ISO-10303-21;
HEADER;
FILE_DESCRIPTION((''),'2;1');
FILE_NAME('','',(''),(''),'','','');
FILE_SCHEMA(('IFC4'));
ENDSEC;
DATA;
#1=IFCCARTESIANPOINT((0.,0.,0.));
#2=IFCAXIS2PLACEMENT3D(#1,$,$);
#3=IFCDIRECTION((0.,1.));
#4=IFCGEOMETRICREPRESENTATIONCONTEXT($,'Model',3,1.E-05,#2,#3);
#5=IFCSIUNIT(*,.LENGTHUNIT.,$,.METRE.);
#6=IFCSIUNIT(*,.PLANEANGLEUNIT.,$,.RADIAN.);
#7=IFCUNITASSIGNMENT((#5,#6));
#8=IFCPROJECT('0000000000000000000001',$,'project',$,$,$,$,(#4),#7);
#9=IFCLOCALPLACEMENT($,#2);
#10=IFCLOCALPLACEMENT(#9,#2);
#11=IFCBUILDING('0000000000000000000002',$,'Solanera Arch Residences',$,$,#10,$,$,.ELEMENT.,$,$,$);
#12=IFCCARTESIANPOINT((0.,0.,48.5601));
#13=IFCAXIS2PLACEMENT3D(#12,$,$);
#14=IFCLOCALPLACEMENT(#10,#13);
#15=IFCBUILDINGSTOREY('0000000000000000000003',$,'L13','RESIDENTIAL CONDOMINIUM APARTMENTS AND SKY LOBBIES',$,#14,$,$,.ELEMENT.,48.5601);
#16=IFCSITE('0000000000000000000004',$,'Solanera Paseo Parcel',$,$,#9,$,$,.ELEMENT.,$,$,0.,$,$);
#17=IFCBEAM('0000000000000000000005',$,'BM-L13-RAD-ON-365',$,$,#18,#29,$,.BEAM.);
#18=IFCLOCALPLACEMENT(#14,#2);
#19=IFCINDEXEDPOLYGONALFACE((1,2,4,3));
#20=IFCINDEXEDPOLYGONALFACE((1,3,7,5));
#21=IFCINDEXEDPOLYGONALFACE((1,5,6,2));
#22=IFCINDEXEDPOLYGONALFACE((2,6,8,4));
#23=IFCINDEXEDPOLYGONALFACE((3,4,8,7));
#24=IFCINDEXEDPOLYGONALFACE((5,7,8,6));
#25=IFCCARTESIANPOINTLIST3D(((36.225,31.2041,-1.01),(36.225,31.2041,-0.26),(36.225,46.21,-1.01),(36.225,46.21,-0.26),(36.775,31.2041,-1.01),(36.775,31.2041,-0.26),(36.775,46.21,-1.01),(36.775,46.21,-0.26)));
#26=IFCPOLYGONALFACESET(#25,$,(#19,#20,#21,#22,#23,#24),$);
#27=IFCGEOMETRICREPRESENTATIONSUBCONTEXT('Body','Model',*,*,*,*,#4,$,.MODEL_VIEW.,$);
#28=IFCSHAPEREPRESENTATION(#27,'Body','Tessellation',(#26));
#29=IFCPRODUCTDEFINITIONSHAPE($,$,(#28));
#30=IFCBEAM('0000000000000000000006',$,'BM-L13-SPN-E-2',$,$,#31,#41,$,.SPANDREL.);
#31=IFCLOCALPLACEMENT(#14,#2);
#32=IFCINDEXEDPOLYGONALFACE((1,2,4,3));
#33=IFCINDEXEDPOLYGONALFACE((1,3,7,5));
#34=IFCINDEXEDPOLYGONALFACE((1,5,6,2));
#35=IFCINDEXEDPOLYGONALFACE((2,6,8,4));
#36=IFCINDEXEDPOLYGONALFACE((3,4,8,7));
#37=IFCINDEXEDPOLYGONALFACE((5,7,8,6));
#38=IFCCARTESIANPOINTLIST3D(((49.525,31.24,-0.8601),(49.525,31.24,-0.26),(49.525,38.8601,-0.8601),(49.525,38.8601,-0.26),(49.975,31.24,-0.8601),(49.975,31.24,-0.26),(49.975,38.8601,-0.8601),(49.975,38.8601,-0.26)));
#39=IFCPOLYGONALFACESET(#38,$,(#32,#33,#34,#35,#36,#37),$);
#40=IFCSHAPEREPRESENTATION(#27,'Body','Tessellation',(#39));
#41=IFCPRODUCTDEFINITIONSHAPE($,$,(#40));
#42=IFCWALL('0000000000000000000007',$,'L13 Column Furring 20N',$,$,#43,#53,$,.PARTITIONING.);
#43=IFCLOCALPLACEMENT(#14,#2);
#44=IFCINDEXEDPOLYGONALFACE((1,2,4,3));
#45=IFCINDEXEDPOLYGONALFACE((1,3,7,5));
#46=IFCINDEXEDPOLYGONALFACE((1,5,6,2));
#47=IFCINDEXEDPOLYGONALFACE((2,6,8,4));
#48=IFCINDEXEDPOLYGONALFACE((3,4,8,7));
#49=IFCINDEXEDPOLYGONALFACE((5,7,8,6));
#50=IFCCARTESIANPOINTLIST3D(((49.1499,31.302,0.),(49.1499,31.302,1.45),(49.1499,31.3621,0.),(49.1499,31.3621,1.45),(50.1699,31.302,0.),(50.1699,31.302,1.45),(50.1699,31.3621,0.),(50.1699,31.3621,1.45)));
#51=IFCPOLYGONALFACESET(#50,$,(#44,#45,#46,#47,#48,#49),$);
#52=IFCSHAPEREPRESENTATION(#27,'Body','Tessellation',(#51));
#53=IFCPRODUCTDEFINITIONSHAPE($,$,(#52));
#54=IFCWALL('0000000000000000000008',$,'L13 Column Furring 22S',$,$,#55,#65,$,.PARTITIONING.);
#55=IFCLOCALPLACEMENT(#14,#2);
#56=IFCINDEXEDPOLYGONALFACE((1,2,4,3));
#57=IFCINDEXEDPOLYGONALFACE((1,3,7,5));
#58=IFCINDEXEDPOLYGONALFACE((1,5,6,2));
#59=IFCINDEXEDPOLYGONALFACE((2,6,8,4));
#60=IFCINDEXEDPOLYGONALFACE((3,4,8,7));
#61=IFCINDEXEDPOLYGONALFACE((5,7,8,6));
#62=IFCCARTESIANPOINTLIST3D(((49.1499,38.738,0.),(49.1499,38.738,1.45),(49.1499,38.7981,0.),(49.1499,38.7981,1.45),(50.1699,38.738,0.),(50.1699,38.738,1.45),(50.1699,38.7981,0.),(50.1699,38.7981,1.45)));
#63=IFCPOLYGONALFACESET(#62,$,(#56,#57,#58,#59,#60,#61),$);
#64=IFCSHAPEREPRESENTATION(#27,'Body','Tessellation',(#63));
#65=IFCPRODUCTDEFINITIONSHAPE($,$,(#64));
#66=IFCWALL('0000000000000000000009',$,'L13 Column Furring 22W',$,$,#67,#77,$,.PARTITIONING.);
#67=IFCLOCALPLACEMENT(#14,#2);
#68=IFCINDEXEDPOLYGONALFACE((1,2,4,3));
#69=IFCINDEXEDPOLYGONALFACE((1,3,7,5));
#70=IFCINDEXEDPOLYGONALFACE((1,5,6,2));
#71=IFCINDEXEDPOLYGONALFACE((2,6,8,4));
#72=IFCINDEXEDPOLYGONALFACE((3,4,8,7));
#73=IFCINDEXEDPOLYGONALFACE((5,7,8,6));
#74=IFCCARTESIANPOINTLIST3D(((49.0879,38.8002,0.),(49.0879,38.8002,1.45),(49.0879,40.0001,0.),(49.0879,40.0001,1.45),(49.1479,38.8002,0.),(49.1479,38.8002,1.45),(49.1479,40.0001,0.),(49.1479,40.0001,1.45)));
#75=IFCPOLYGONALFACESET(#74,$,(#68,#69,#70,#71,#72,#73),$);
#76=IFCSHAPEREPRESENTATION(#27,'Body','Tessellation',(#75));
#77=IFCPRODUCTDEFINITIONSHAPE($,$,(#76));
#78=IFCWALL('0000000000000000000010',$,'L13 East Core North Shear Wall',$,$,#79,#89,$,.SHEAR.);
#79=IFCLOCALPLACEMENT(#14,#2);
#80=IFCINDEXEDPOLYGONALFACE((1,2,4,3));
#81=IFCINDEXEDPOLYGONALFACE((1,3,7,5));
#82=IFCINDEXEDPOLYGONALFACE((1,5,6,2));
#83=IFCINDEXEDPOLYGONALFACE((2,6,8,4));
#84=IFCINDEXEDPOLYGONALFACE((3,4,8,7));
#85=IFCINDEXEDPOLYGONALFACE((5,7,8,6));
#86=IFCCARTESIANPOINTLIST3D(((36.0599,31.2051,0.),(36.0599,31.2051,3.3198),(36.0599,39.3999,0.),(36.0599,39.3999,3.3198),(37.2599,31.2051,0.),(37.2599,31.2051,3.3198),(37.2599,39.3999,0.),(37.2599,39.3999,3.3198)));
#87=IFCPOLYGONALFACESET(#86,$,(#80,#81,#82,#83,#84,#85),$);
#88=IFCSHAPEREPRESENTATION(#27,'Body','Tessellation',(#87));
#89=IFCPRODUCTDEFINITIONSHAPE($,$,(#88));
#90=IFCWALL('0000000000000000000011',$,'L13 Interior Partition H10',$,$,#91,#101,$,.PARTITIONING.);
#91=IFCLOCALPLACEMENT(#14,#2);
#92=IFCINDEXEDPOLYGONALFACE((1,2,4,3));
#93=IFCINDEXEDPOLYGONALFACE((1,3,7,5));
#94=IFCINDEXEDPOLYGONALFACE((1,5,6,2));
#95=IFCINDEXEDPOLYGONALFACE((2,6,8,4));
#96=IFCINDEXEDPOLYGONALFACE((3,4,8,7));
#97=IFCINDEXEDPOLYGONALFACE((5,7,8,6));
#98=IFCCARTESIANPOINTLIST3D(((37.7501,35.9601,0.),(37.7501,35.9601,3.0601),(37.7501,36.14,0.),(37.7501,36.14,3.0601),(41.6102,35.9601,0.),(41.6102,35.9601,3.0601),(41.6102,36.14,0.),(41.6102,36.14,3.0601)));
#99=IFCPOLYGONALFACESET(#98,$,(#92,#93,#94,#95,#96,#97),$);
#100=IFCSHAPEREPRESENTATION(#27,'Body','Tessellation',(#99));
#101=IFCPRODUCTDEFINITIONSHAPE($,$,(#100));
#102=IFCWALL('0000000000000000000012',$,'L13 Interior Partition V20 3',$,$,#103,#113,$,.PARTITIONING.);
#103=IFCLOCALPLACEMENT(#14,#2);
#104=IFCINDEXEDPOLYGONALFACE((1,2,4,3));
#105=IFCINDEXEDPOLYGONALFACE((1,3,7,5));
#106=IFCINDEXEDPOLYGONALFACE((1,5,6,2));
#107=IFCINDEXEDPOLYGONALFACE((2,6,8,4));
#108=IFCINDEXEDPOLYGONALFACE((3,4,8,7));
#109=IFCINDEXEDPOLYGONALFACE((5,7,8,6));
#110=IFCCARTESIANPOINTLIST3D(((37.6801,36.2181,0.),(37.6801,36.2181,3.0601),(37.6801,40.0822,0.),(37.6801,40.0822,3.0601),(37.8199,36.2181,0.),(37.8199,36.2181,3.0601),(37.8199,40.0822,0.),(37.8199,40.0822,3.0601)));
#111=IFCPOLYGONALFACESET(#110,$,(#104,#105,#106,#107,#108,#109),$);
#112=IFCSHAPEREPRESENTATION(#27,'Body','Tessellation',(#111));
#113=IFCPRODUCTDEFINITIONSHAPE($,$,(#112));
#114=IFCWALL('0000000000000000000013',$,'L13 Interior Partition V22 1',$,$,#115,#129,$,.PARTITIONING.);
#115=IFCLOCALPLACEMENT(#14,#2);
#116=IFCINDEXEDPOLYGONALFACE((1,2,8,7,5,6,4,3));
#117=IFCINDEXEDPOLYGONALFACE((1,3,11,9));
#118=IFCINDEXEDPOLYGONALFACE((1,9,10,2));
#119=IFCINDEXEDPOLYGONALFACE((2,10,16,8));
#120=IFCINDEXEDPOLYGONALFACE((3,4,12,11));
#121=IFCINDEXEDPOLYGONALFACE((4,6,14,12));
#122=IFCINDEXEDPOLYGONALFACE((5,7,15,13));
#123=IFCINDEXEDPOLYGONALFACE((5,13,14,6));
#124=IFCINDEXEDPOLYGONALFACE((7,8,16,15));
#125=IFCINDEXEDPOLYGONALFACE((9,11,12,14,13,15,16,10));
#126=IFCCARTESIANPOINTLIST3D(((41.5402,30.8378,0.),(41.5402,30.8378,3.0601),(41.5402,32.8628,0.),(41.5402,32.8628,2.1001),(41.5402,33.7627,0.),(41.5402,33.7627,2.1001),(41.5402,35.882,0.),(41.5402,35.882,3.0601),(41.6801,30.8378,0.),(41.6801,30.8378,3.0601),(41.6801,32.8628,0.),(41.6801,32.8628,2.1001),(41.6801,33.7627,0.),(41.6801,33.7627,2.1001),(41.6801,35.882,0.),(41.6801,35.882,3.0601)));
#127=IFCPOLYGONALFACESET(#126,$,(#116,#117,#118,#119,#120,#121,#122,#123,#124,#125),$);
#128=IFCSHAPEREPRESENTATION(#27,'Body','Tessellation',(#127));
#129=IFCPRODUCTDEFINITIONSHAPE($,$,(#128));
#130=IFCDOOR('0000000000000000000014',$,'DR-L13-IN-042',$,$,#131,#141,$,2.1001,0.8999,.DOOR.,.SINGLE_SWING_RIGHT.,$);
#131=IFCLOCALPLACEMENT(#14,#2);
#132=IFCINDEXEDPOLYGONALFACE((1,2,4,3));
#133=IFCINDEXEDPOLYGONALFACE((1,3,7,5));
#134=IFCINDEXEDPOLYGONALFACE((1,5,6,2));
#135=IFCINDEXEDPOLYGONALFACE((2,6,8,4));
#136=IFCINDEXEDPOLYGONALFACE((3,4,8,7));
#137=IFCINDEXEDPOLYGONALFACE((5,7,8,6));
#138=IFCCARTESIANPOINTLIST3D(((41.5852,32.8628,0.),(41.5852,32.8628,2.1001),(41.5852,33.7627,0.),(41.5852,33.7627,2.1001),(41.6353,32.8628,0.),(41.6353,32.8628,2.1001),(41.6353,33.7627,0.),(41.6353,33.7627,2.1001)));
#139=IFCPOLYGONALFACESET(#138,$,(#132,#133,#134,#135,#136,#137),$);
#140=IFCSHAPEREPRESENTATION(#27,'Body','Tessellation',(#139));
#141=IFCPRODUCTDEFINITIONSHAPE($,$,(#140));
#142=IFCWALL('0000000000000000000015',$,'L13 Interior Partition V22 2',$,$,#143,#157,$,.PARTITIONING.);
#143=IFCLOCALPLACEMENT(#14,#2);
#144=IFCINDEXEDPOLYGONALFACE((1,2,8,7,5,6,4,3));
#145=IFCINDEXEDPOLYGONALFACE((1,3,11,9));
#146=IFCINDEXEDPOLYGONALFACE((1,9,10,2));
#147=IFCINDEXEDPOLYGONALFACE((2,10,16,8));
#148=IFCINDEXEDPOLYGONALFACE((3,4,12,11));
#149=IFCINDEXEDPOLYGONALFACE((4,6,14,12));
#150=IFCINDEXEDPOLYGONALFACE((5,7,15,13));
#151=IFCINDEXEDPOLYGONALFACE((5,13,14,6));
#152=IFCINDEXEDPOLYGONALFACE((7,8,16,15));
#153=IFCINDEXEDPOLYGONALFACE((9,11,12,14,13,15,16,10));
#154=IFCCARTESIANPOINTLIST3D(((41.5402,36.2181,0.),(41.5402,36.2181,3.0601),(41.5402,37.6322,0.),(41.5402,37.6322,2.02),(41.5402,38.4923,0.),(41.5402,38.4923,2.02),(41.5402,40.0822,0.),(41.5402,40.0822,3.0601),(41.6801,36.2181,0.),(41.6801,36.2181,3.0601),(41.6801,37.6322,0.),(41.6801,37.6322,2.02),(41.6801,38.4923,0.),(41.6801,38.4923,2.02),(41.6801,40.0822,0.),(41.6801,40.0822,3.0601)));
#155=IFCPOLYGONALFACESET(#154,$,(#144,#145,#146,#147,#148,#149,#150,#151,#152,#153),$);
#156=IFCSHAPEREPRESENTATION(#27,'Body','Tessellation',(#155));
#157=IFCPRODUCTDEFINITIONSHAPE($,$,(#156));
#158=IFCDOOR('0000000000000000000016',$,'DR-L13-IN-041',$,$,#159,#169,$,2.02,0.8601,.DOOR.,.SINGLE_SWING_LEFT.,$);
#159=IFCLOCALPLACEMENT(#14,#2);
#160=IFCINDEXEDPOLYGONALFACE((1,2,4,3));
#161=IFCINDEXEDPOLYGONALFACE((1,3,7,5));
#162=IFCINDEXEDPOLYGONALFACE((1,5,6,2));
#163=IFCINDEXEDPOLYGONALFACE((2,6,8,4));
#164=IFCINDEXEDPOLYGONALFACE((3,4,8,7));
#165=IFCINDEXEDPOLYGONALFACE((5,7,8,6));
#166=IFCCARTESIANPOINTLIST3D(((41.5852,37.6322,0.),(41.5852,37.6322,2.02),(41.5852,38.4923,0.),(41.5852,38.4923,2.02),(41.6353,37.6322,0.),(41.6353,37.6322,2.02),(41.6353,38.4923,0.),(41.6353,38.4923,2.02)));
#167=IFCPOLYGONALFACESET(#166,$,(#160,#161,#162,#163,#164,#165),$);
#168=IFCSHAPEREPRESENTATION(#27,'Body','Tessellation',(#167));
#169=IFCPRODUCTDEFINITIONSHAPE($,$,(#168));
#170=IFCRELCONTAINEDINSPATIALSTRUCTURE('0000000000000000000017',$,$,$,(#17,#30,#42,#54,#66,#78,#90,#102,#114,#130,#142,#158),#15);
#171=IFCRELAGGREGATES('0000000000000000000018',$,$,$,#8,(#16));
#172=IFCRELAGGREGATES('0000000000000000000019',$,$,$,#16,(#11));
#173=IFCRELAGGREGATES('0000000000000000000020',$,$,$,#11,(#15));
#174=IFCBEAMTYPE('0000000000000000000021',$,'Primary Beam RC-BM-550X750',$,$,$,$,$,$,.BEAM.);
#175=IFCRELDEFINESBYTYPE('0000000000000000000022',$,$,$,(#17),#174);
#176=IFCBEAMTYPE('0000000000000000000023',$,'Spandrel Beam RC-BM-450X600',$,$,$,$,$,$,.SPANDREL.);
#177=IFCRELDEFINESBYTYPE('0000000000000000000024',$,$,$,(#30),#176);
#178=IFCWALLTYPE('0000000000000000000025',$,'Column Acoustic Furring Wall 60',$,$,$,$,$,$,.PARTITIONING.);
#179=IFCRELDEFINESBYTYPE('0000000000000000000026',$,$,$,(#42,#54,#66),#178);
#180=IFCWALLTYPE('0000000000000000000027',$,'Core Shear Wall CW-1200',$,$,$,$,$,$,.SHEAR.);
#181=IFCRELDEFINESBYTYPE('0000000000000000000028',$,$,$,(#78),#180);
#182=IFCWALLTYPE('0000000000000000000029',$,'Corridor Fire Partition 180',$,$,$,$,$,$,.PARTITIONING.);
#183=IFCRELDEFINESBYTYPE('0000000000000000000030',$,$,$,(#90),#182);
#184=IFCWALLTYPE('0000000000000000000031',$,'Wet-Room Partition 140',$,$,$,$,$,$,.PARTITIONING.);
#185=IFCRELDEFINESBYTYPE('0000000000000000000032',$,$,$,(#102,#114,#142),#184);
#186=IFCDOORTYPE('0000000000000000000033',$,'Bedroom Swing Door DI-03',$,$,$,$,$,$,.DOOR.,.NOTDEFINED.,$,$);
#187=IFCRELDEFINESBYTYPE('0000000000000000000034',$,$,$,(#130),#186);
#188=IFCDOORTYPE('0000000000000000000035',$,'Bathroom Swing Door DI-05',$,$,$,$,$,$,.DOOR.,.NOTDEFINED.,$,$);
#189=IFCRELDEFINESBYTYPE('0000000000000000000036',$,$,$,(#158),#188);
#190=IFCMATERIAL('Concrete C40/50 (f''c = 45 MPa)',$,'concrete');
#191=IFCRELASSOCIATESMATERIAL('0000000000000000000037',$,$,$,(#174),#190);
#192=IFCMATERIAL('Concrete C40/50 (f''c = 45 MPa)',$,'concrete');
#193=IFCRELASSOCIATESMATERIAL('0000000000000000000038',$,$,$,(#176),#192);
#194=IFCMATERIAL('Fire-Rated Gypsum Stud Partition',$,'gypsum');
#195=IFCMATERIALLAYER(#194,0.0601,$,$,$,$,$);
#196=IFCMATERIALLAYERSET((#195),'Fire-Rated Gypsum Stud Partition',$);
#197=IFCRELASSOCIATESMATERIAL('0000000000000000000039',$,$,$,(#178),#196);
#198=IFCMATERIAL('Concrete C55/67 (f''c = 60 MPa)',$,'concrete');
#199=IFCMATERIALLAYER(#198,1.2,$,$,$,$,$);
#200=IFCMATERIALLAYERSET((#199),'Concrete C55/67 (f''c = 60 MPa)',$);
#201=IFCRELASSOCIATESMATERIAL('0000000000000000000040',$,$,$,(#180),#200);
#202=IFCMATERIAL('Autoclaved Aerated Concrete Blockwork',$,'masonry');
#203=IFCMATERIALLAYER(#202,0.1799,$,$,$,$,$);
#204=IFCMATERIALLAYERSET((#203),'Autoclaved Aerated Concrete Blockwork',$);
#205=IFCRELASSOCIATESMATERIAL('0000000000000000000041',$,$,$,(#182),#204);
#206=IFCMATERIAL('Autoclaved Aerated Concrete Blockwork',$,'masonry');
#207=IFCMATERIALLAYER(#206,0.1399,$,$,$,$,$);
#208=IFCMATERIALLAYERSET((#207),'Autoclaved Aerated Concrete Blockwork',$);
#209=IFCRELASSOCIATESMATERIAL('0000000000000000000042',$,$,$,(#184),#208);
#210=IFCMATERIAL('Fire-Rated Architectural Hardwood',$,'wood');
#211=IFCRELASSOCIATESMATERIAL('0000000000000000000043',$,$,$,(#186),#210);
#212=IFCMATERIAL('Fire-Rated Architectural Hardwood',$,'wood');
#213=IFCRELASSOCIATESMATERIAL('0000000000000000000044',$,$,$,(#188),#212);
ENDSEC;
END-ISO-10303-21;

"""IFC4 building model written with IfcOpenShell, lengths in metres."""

from ifc_helpers import new_model, si_unit, direction, frame, frame_2d, origin, origin_2d, place, context, subcontext, project, spatial, rectangle, extrude, material, layer, layer_set, material_profile, profile_set, type_object, element, fill, save


model = new_model("IFC4")

# Units and contexts
model_context = context("Model", 3, precision=1e-05, world=origin(), true_north=direction((0.0, 1.0)))
body_context = subcontext(model_context, "Body", "Model", "MODEL_VIEW")
ifc_project = project(units=[si_unit("LENGTHUNIT", "METRE"), si_unit("PLANEANGLEUNIT", "RADIAN")], contexts=[model_context])

# Site, building, storey
site_placement = place(None, origin())
site = spatial("IfcSite", under=ifc_project, at=site_placement, Name="Solanera Paseo Parcel", CompositionType="ELEMENT", RefElevation=0.0)
building_placement = place(site_placement, origin())
building = spatial("IfcBuilding", under=site, at=building_placement, Name="Solanera Arch Residences", CompositionType="ELEMENT")
storey_placement = place(building_placement, frame((0.0, 0.0, 48.5601)))
storey = spatial("IfcBuildingStorey", under=building, at=storey_placement, Name="L13", Description="RESIDENTIAL CONDOMINIUM APARTMENTS AND SKY LOBBIES", CompositionType="ELEMENT", Elevation=48.5601)

# Beams
ifc_material_1 = material(Name="Concrete C40/50 (f'c = 45 MPa)", Category="concrete")
ifc_material_profile_1 = material_profile(ifc_material_1, rectangle(XDim=0.55, YDim=0.75, at=origin_2d()))
ifc_profile_set_1 = profile_set([ifc_material_profile_1], Name="Concrete C40/50 (f'c = 45 MPa)")
beam_type_1 = type_object("IfcBeamType", Name="Primary Beam RC-BM-550X750", PredefinedType="BEAM", material=ifc_profile_set_1)
beam_1_placement = place(storey_placement, frame((36.5, 31.2041, -0.635), z_axis=(0.0, 1.0, 0.0), x_axis=(-1.0, 0.0, 0.0)))
element("IfcBeam", 1, at=beam_1_placement, inside=storey, type_object=beam_type_1, Name="BM-L13-RAD-ON-365", PredefinedType="BEAM", context=body_context, shape_type="SweptSolid", body=[
    extrude(rectangle(XDim=0.55, YDim=0.75, at=origin_2d()), origin(), (0.0, 0.0, 1.0), 15.0059),
])
ifc_material_2 = material(Name="Concrete C40/50 (f'c = 45 MPa)", Category="concrete")
ifc_material_profile_2 = material_profile(ifc_material_2, rectangle(XDim=0.45, YDim=0.6001, at=origin_2d()))
ifc_profile_set_2 = profile_set([ifc_material_profile_2], Name="Concrete C40/50 (f'c = 45 MPa)")
beam_type_2 = type_object("IfcBeamType", Name="Spandrel Beam RC-BM-450X600", PredefinedType="SPANDREL", material=ifc_profile_set_2)
beam_2_placement = place(storey_placement, frame((49.75, 31.24, -0.5601), z_axis=(0.0, 1.0, 0.0), x_axis=(-1.0, 0.0, 0.0)))
element("IfcBeam", 2, at=beam_2_placement, inside=storey, type_object=beam_type_2, Name="BM-L13-SPN-E-2", PredefinedType="SPANDREL", context=body_context, shape_type="SweptSolid", body=[
    extrude(rectangle(XDim=0.45, YDim=0.6001, at=origin_2d()), origin(), (0.0, 0.0, 1.0), 7.6201),
])

# Walls
ifc_material_3 = material(Name="Fire-Rated Gypsum Stud Partition", Category="gypsum")
ifc_layer_1 = layer(ifc_material_3, 0.0601)
ifc_layer_set_1 = layer_set([ifc_layer_1], Name="Fire-Rated Gypsum Stud Partition")
wall_type_1 = type_object("IfcWallType", Name="Column Acoustic Furring Wall 60", PredefinedType="PARTITIONING", material=ifc_layer_set_1)
for number, where, z_axis, x_axis, name in (
    (3, (49.1499, 31.332, 0.0), (0.0, 0.0, 1.0), (1.0, 0.0, 0.0), "L13 Column Furring 20N"),
    (4, (49.1499, 38.7681, 0.0), (0.0, 0.0, 1.0), (1.0, 0.0, 0.0), "L13 Column Furring 22S"),
):
    element("IfcWall", number, at=place(storey_placement, frame(where, z_axis=z_axis, x_axis=x_axis)), inside=storey, type_object=wall_type_1, Name=name, PredefinedType="PARTITIONING", context=body_context, shape_type="SweptSolid", body=[
        extrude(rectangle(XDim=1.02, YDim=0.0601, at=frame_2d((0.51, 0.0))), origin(), (0.0, 0.0, 1.0), 1.45),
    ])
wall_1_placement = place(storey_placement, frame((49.1179, 38.8, 0.0), z_axis=(0.0, 0.0, 1.0), x_axis=(0.0, 1.0, 0.0)))
element("IfcWall", 5, at=wall_1_placement, inside=storey, type_object=wall_type_1, Name="L13 Column Furring 22W", PredefinedType="PARTITIONING", context=body_context, shape_type="SweptSolid", body=[
    extrude(rectangle(XDim=1.2, YDim=0.0601, at=frame_2d((0.6001, 0.0))), origin(), (0.0, 0.0, 1.0), 1.45),
])
ifc_material_4 = material(Name="Concrete C55/67 (f'c = 60 MPa)", Category="concrete")
ifc_layer_2 = layer(ifc_material_4, 1.2)
ifc_layer_set_2 = layer_set([ifc_layer_2], Name="Concrete C55/67 (f'c = 60 MPa)")
wall_type_2 = type_object("IfcWallType", Name="Core Shear Wall CW-1200", PredefinedType="SHEAR", material=ifc_layer_set_2)
wall_2_placement = place(storey_placement, frame((36.6599, 31.2051, 0.0), z_axis=(0.0, 0.0, 1.0), x_axis=(0.0, 1.0, 0.0)))
element("IfcWall", 6, at=wall_2_placement, inside=storey, type_object=wall_type_2, Name="L13 East Core North Shear Wall", PredefinedType="SHEAR", context=body_context, shape_type="SweptSolid", body=[
    extrude(rectangle(XDim=8.1948, YDim=1.2, at=frame_2d((4.0974, 0.0))), origin(), (0.0, 0.0, 1.0), 3.3198),
])

# Walls
ifc_material_5 = material(Name="Autoclaved Aerated Concrete Blockwork", Category="masonry")
ifc_layer_3 = layer(ifc_material_5, 0.1799)
ifc_layer_set_3 = layer_set([ifc_layer_3], Name="Autoclaved Aerated Concrete Blockwork")
wall_type_3 = type_object("IfcWallType", Name="Corridor Fire Partition 180", PredefinedType="PARTITIONING", material=ifc_layer_set_3)
wall_3_placement = place(storey_placement, frame((37.75, 36.05, 0.0), z_axis=(0.0, 0.0, 1.0), x_axis=(1.0, 0.0, 0.0)))
element("IfcWall", 7, at=wall_3_placement, inside=storey, type_object=wall_type_3, Name="L13 Interior Partition H10", PredefinedType="PARTITIONING", context=body_context, shape_type="SweptSolid", body=[
    extrude(rectangle(XDim=3.8601, YDim=0.1799, at=frame_2d((1.9302, 0.0))), origin(), (0.0, 0.0, 1.0), 3.0601),
])
ifc_material_6 = material(Name="Autoclaved Aerated Concrete Blockwork", Category="masonry")
ifc_layer_4 = layer(ifc_material_6, 0.1399)
ifc_layer_set_4 = layer_set([ifc_layer_4], Name="Autoclaved Aerated Concrete Blockwork")
wall_type_4 = type_object("IfcWallType", Name="Wet-Room Partition 140", PredefinedType="PARTITIONING", material=ifc_layer_set_4)
wall_4_placement = place(storey_placement, frame((37.75, 36.218, 0.0), z_axis=(0.0, 0.0, 1.0), x_axis=(0.0, 1.0, 0.0)))
element("IfcWall", 8, at=wall_4_placement, inside=storey, type_object=wall_type_4, Name="L13 Interior Partition V20 3", PredefinedType="PARTITIONING", context=body_context, shape_type="SweptSolid", body=[
    extrude(rectangle(XDim=3.864, YDim=0.1399, at=frame_2d((1.9321, 0.0))), origin(), (0.0, 0.0, 1.0), 3.0601),
])

# Walls, openings, doors
wall_5_placement = place(storey_placement, frame((41.6101, 30.8379, 0.0), z_axis=(0.0, 0.0, 1.0), x_axis=(0.0, 1.0, 0.0)))
wall_5 = element("IfcWall", 9, at=wall_5_placement, inside=storey, type_object=wall_type_4, Name="L13 Interior Partition V22 1", PredefinedType="PARTITIONING", context=body_context, shape_type="SweptSolid", body=[
    extrude(rectangle(XDim=5.0442, YDim=0.1399, at=frame_2d((2.522, 0.0))), origin(), (0.0, 0.0, 1.0), 3.0601),
])
opening_1_placement = place(wall_5_placement, frame((2.0249, 0.0, 0.0)))
opening_1 = element("IfcOpeningElement", 10, at=opening_1_placement, cuts=wall_5, PredefinedType="OPENING", context=body_context, shape_type="SweptSolid", body=[
    extrude(rectangle(XDim=0.8999, YDim=2.1001, at=frame_2d((0.45, 1.05))), frame((0.0, 0.0798, 0.0), z_axis=(0.0, -1.0, 0.0), x_axis=(1.0, 0.0, 0.0)), (0.0, 0.0, 1.0), 0.1599),
])
ifc_material_7 = material(Name="Fire-Rated Architectural Hardwood", Category="wood")
door_type_1 = type_object("IfcDoorType", Name="Bedroom Swing Door DI-03", OperationType="NOTDEFINED", PredefinedType="DOOR", material=ifc_material_7)
door_1_placement = place(opening_1_placement, origin())
door_1 = element("IfcDoor", 11, at=door_1_placement, inside=storey, type_object=door_type_1, Name="DR-L13-IN-042", OperationType="SINGLE_SWING_RIGHT", OverallHeight=2.1001, OverallWidth=0.8999, PredefinedType="DOOR", context=body_context, shape_type="SweptSolid", body=[
    extrude(rectangle(XDim=0.8999, YDim=2.1001, at=frame_2d((0.45, 1.05))), frame((0.0, 0.0249, 0.0), z_axis=(0.0, -1.0, 0.0), x_axis=(1.0, 0.0, 0.0)), (0.0, 0.0, 1.0), 0.05),
])
fill(opening_1, door_1)
wall_6_placement = place(storey_placement, frame((41.6101, 36.218, 0.0), z_axis=(0.0, 0.0, 1.0), x_axis=(0.0, 1.0, 0.0)))
wall_6 = element("IfcWall", 12, at=wall_6_placement, inside=storey, type_object=wall_type_4, Name="L13 Interior Partition V22 2", PredefinedType="PARTITIONING", context=body_context, shape_type="SweptSolid", body=[
    extrude(rectangle(XDim=3.864, YDim=0.1399, at=frame_2d((1.9321, 0.0))), origin(), (0.0, 0.0, 1.0), 3.0601),
])
opening_2_placement = place(wall_6_placement, frame((1.4141, 0.0, 0.0)))
opening_2 = element("IfcOpeningElement", 13, at=opening_2_placement, cuts=wall_6, PredefinedType="OPENING", context=body_context, shape_type="SweptSolid", body=[
    extrude(rectangle(XDim=0.8601, YDim=2.02, at=frame_2d((0.4302, 1.01))), frame((0.0, 0.0798, 0.0), z_axis=(0.0, -1.0, 0.0), x_axis=(1.0, 0.0, 0.0)), (0.0, 0.0, 1.0), 0.1599),
])
ifc_material_8 = material(Name="Fire-Rated Architectural Hardwood", Category="wood")
door_type_2 = type_object("IfcDoorType", Name="Bathroom Swing Door DI-05", OperationType="NOTDEFINED", PredefinedType="DOOR", material=ifc_material_8)
door_2_placement = place(opening_2_placement, origin())
door_2 = element("IfcDoor", 14, at=door_2_placement, inside=storey, type_object=door_type_2, Name="DR-L13-IN-041", OperationType="SINGLE_SWING_LEFT", OverallHeight=2.02, OverallWidth=0.8601, PredefinedType="DOOR", context=body_context, shape_type="SweptSolid", body=[
    extrude(rectangle(XDim=0.8601, YDim=2.02, at=frame_2d((0.4302, 1.01))), frame((0.0, 0.0249, 0.0), z_axis=(0.0, -1.0, 0.0), x_axis=(1.0, 0.0, 0.0)), (0.0, 0.0, 1.0), 0.05),
])
fill(opening_2, door_2)

save(model, "model.ifc")
